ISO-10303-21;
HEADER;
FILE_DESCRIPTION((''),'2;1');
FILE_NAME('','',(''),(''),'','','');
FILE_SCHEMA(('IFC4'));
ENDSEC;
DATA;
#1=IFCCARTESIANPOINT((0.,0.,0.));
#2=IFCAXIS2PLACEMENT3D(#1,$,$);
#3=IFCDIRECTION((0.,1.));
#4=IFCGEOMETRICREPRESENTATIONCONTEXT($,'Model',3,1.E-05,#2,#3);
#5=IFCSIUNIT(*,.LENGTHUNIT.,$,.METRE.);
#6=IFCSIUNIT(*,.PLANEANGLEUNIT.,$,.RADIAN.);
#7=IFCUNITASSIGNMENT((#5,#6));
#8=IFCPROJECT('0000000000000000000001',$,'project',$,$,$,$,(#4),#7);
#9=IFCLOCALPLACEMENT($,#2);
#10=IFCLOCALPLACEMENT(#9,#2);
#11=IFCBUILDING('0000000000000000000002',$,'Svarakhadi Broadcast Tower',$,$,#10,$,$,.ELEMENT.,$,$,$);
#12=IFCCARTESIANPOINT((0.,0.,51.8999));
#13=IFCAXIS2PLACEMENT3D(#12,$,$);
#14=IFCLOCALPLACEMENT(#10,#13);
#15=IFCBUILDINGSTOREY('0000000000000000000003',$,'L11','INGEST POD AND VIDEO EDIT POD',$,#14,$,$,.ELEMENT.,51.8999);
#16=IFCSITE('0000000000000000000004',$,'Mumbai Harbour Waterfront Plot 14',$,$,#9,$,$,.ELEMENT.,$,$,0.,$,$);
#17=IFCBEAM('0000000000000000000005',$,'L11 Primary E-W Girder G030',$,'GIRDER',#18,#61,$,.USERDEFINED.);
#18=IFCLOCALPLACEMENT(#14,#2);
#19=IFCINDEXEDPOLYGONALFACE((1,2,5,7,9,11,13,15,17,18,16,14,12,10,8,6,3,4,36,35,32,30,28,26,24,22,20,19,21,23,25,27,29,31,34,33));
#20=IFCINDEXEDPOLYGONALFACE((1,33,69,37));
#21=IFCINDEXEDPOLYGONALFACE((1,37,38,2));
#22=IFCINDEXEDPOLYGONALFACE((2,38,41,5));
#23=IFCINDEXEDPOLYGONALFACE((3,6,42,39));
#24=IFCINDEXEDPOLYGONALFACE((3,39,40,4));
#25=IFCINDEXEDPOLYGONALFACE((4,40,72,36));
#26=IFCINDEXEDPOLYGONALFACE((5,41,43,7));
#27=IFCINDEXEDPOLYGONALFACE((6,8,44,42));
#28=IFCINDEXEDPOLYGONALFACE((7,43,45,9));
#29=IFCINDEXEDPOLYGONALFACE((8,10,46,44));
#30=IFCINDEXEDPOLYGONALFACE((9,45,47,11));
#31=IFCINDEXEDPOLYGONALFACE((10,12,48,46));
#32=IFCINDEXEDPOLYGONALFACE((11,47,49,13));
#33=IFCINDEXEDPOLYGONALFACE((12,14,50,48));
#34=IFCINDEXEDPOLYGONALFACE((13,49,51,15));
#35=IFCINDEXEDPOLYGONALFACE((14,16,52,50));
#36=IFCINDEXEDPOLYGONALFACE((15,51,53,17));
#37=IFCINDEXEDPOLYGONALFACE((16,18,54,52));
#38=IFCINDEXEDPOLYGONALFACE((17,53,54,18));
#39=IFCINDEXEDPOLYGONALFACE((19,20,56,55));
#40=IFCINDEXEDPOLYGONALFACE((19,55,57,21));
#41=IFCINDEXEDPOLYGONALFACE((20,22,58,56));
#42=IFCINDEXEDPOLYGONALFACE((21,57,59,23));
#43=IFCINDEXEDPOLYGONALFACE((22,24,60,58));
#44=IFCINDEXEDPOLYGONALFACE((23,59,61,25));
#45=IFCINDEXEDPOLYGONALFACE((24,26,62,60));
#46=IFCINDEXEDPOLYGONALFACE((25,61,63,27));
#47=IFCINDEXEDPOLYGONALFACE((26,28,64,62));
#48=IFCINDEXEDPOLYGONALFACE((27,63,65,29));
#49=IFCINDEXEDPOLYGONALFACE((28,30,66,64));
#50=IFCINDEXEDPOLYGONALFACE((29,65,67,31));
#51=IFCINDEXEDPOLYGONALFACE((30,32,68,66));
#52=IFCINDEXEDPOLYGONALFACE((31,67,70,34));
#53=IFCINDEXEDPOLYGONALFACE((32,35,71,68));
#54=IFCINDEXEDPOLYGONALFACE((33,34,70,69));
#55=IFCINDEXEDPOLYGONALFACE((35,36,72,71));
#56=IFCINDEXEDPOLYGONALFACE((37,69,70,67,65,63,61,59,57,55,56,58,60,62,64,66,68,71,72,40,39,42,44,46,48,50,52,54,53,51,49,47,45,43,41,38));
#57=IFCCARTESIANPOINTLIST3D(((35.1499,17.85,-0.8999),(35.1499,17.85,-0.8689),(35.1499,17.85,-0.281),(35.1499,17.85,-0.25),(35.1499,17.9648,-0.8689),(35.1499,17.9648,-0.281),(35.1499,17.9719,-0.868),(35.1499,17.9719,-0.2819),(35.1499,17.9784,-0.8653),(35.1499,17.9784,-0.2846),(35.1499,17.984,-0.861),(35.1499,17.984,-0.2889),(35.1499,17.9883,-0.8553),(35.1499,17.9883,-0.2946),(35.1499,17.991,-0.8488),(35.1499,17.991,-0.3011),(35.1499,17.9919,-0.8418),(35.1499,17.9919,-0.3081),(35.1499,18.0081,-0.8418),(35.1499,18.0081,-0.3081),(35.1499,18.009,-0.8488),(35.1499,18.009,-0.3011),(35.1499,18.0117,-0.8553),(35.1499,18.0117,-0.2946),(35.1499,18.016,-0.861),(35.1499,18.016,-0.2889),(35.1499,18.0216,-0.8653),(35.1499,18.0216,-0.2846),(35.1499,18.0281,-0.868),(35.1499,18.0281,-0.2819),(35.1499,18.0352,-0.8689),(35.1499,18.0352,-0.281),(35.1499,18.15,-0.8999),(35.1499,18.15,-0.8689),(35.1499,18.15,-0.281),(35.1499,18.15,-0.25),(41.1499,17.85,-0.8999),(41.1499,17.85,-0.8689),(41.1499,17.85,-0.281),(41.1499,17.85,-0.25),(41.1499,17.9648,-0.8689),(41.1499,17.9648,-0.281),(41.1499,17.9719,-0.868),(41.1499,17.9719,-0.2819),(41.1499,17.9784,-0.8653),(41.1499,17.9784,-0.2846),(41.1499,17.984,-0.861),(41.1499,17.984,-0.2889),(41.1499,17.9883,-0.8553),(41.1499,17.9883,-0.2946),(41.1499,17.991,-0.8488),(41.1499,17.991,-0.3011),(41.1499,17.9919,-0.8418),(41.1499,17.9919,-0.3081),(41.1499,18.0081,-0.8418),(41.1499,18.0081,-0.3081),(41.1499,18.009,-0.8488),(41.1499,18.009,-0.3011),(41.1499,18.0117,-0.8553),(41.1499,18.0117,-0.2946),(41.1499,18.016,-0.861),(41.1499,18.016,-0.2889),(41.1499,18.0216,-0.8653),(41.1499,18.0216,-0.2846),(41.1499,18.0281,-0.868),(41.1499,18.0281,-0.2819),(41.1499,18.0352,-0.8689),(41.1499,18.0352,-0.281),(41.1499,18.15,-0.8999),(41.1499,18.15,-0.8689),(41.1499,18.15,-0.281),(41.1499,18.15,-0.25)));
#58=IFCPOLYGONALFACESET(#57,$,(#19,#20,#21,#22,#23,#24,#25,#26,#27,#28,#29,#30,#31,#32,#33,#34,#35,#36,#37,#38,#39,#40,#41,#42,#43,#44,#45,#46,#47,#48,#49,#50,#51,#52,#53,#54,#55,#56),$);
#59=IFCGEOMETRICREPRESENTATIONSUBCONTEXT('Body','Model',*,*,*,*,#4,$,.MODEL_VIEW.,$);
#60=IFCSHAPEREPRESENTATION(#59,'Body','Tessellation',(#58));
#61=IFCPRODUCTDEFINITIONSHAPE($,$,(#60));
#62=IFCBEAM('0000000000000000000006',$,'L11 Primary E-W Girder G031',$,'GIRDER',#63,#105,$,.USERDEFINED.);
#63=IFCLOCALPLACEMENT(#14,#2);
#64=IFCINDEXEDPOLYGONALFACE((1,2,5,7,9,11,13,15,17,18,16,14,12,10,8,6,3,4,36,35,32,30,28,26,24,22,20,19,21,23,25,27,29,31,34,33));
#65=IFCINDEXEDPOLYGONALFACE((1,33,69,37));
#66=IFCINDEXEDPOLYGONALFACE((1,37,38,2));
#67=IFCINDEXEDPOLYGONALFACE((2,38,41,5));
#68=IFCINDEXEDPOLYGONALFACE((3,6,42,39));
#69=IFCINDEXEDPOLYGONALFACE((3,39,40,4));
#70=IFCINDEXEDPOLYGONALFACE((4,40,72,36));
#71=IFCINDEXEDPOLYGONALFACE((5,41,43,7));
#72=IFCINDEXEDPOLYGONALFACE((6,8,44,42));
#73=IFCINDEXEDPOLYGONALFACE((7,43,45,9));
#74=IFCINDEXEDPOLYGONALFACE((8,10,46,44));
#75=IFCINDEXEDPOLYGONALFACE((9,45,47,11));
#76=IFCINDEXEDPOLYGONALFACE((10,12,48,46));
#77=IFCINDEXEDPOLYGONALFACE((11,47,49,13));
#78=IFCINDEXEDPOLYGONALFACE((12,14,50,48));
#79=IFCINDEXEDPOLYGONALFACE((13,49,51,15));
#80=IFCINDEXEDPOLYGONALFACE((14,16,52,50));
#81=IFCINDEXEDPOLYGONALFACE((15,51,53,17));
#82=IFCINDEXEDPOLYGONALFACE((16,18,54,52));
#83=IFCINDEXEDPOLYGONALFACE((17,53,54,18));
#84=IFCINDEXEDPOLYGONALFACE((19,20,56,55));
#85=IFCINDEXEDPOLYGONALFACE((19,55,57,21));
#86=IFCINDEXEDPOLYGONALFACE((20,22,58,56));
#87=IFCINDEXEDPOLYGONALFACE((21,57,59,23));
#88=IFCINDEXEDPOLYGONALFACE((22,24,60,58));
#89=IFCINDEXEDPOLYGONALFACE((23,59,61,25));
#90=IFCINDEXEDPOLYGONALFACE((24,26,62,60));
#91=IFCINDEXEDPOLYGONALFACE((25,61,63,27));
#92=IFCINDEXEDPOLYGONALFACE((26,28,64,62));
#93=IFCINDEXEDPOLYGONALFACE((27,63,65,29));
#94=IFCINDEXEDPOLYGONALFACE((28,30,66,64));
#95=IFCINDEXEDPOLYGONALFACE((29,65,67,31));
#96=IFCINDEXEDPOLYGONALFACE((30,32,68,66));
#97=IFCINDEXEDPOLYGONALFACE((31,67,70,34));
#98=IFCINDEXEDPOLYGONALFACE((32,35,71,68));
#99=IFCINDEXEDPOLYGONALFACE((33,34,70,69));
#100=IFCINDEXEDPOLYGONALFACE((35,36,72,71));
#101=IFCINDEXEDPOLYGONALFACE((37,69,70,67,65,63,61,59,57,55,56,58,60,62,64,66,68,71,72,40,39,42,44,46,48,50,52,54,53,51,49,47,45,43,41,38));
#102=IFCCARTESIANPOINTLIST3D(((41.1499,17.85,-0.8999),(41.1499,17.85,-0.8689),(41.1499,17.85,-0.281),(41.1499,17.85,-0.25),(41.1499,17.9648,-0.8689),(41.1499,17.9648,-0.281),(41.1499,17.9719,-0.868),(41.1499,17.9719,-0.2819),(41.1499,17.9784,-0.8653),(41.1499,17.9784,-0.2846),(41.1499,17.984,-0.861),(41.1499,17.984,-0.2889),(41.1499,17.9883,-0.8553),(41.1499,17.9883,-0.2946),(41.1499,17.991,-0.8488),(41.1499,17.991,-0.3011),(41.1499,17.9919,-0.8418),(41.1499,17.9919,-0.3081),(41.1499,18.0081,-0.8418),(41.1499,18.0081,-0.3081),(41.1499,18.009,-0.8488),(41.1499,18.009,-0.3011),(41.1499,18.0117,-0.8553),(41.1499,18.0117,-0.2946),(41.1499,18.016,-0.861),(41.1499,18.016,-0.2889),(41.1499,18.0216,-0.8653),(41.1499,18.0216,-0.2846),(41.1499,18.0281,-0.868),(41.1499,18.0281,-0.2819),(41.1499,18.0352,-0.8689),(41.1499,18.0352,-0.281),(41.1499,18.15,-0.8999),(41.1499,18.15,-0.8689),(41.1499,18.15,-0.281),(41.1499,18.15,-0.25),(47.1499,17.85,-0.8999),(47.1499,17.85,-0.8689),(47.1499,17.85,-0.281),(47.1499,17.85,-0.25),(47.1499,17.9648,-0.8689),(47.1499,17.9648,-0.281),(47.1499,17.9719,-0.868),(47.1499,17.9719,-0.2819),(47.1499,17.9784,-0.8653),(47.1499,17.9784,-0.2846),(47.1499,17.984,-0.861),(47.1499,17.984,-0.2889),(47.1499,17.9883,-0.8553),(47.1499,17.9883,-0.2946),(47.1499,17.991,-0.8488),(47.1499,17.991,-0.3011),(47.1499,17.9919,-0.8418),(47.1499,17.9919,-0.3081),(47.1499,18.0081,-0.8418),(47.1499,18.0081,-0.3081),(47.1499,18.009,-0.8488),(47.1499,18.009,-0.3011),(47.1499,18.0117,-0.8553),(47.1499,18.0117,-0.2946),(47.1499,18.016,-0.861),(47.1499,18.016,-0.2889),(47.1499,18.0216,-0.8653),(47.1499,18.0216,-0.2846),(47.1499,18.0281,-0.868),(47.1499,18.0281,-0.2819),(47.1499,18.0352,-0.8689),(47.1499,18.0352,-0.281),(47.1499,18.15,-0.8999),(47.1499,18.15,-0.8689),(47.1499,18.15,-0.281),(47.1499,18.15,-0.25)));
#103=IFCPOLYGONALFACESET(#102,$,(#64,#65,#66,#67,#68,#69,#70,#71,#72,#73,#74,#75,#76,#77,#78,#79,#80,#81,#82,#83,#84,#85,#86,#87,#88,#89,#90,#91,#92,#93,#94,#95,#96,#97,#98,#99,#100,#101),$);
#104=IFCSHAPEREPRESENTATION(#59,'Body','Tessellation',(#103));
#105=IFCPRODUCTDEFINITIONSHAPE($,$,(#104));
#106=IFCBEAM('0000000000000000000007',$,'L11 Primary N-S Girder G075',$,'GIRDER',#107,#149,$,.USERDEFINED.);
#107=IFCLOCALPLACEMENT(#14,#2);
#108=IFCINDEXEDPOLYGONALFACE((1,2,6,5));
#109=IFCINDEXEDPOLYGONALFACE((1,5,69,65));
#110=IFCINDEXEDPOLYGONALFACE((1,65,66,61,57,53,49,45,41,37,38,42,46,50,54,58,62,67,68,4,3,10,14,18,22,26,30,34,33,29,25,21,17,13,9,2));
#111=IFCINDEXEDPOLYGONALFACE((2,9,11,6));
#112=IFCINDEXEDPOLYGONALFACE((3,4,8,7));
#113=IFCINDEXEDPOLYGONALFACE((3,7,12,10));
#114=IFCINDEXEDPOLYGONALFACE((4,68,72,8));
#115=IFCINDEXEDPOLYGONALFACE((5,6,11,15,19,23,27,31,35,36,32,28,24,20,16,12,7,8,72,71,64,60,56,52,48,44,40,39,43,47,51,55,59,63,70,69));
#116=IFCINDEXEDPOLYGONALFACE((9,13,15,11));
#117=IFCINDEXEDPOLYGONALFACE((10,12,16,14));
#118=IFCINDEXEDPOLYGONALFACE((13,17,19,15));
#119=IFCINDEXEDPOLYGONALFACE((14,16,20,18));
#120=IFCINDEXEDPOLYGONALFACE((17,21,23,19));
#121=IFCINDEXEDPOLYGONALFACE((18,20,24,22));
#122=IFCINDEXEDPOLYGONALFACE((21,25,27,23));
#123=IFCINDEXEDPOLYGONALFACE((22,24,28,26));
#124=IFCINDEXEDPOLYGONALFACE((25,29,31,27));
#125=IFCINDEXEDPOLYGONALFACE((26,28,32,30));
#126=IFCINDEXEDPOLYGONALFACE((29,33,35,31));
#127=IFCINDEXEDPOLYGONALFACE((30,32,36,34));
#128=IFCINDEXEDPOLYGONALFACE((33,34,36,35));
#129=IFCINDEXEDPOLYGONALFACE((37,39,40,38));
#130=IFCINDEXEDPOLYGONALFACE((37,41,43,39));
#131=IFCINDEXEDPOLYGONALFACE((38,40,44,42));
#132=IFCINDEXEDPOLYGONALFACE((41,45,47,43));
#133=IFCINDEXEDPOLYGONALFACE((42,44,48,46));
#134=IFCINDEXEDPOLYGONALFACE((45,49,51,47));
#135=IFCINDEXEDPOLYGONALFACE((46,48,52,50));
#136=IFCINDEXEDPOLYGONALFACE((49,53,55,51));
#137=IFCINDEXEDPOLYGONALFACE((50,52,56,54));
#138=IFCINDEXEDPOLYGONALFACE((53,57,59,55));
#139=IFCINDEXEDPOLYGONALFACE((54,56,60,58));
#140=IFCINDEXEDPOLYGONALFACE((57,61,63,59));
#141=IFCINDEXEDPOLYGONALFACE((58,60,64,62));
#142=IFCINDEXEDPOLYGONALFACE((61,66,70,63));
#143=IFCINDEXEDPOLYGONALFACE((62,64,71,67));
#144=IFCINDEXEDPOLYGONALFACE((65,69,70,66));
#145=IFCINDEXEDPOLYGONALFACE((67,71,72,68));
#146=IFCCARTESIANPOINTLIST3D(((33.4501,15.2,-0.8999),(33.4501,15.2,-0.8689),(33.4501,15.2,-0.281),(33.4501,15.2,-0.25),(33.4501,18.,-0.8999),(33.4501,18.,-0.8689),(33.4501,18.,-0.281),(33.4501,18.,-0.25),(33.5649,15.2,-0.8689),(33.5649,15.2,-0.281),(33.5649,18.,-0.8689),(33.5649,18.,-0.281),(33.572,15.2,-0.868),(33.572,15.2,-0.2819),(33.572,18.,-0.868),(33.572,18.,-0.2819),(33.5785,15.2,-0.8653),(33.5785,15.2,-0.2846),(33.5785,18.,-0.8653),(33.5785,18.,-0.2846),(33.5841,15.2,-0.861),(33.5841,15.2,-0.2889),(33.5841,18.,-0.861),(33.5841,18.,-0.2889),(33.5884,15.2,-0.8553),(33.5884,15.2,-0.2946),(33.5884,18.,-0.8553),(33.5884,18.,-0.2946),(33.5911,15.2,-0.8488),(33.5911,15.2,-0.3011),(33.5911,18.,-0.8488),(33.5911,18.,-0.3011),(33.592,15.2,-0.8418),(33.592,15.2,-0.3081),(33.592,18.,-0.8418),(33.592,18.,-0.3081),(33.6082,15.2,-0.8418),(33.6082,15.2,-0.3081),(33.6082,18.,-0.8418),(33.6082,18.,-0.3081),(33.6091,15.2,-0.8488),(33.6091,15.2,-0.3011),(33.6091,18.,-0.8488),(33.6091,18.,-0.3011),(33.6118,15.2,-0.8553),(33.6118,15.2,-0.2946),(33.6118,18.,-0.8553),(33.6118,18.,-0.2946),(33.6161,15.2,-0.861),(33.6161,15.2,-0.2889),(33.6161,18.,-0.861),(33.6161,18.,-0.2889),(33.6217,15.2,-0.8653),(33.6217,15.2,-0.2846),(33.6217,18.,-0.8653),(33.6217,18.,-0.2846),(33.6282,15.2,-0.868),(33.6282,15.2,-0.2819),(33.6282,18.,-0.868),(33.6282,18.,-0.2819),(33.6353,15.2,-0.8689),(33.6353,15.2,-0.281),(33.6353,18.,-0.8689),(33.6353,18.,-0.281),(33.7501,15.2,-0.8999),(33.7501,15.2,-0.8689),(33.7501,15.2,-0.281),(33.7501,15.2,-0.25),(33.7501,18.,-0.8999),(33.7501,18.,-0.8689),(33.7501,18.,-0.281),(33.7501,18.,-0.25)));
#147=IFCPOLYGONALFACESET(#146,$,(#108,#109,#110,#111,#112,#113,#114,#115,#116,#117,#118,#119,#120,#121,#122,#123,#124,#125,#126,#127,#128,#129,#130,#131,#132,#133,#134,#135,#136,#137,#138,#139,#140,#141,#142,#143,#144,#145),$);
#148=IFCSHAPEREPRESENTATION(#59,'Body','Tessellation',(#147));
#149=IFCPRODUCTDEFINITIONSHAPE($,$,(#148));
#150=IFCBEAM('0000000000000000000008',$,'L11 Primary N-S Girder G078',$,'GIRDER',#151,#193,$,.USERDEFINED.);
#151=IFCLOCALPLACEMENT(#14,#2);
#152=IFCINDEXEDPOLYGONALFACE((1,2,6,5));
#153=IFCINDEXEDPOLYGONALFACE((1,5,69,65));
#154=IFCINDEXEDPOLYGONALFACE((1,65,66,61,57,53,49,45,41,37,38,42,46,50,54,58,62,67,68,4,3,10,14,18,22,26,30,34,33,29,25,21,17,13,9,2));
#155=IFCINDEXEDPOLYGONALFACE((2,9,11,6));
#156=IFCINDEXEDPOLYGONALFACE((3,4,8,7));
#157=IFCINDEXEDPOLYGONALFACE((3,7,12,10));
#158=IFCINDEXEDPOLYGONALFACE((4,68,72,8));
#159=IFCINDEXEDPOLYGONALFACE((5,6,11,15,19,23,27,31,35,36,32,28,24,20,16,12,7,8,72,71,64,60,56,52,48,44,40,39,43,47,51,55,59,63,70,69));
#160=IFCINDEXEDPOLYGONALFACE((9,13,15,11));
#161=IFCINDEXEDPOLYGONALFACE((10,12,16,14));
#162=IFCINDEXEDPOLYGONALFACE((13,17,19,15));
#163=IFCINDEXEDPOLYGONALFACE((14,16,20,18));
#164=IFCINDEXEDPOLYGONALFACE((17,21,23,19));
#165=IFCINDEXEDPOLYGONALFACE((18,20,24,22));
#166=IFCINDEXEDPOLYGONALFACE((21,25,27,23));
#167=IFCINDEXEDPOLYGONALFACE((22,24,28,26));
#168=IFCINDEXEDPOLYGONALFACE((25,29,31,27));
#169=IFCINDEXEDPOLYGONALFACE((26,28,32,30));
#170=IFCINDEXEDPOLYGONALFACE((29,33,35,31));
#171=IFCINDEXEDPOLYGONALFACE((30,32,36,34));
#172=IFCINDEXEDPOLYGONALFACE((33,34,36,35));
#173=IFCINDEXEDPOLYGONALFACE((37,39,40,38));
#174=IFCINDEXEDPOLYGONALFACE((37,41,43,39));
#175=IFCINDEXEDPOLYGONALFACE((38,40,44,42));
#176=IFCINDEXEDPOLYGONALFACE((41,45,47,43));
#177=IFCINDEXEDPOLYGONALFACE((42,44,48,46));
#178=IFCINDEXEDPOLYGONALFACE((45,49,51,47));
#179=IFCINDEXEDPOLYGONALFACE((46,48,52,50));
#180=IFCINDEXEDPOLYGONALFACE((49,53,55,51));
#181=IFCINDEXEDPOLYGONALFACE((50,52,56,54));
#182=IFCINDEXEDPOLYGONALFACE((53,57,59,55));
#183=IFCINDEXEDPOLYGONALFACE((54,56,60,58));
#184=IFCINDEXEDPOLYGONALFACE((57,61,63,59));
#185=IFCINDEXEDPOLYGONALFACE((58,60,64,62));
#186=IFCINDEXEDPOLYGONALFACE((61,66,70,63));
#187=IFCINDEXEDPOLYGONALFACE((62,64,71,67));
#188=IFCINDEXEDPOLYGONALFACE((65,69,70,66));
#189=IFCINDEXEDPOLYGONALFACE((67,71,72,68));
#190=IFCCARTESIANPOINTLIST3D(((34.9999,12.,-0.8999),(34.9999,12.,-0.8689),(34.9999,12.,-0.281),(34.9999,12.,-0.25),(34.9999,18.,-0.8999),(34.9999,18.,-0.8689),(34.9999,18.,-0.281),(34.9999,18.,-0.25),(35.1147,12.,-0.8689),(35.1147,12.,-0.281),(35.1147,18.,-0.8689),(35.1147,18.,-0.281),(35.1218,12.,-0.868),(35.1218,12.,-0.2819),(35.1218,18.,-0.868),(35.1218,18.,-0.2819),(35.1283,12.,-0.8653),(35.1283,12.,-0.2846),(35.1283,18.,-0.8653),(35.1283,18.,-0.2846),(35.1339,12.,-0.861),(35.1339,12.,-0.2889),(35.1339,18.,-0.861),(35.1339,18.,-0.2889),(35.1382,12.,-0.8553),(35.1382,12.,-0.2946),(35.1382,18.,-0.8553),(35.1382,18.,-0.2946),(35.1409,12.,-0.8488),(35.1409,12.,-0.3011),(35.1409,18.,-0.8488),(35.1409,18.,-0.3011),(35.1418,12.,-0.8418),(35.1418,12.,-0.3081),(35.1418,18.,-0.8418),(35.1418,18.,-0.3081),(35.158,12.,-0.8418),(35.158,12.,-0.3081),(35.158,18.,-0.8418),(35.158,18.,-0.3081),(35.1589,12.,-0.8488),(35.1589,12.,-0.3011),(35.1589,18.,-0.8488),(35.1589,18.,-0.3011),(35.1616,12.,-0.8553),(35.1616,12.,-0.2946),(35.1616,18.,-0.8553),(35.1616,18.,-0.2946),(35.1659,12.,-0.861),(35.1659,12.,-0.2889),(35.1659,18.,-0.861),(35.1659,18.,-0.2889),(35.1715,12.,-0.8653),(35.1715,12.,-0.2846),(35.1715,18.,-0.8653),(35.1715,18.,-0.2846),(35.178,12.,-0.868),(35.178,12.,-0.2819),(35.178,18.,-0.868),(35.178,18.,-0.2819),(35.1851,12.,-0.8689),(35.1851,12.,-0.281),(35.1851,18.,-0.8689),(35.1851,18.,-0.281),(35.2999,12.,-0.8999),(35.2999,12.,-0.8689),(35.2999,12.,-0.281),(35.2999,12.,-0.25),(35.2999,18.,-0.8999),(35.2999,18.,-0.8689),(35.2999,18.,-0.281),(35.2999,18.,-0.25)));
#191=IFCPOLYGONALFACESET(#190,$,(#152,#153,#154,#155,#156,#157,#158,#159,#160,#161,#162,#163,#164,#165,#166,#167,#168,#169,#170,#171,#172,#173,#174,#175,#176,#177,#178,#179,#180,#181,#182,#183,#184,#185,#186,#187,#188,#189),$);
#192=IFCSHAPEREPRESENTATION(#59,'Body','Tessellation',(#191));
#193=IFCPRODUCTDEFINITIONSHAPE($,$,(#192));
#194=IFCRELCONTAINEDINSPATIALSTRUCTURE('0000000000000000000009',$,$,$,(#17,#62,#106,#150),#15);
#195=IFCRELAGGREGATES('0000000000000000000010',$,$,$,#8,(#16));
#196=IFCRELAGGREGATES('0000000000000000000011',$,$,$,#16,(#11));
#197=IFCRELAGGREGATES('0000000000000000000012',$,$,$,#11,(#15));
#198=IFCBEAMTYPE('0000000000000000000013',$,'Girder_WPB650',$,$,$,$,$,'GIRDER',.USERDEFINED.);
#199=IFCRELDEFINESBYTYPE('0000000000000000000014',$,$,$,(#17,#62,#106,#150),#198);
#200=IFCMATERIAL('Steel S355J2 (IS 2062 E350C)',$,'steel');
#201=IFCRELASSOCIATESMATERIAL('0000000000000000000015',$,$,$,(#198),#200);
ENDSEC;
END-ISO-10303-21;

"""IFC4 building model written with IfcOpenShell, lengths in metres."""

from ifc_helpers import new_model, si_unit, direction, frame, origin, origin_2d, place, context, subcontext, project, spatial, i_section, extrude, material, material_profile, profile_set, type_object, element, save


model = new_model("IFC4")

# Units and contexts
model_context = context("Model", 3, precision=1e-05, world=origin(), true_north=direction((0.0, 1.0)))
body_context = subcontext(model_context, "Body", "Model", "MODEL_VIEW")
ifc_project = project(units=[si_unit("LENGTHUNIT", "METRE"), si_unit("PLANEANGLEUNIT", "RADIAN")], contexts=[model_context])

# Site, building, storey
site_placement = place(None, origin())
site = spatial("IfcSite", under=ifc_project, at=site_placement, Name="Mumbai Harbour Waterfront Plot 14", CompositionType="ELEMENT", RefElevation=0.0)
building_placement = place(site_placement, origin())
building = spatial("IfcBuilding", under=site, at=building_placement, Name="Svarakhadi Broadcast Tower", CompositionType="ELEMENT")
storey_placement = place(building_placement, frame((0.0, 0.0, 51.8999)))
storey = spatial("IfcBuildingStorey", under=building, at=storey_placement, Name="L11", Description="INGEST POD AND VIDEO EDIT POD", CompositionType="ELEMENT", Elevation=51.8999)

# Shared definitions
ifc_material_1 = material(Name="Steel S355J2 (IS 2062 E350C)", Category="steel")

# Beams
ifc_material_profile_1 = material_profile(ifc_material_1, i_section(OverallWidth=0.3, OverallDepth=0.6499, WebThickness=0.0161, FlangeThickness=0.031, FilletRadius=0.0271, at=origin_2d()), Name="WPB 650x300x225")
ifc_profile_set_1 = profile_set([ifc_material_profile_1], Name="Steel S355J2 (IS 2062 E350C)")
beam_type_1 = type_object("IfcBeamType", Name="Girder_WPB650", ElementType="GIRDER", PredefinedType="USERDEFINED", material=ifc_profile_set_1)
for number, where, z_axis, x_axis, name in (
    (1, (35.1499, 18.0, -0.575), (1.0, 0.0, 0.0), (0.0, 1.0, 0.0), "L11 Primary E-W Girder G030"),
    (2, (41.1499, 18.0, -0.575), (1.0, 0.0, 0.0), (0.0, 1.0, 0.0), "L11 Primary E-W Girder G031"),
):
    element("IfcBeam", number, at=place(storey_placement, frame(where, z_axis=z_axis, x_axis=x_axis)), inside=storey, type_object=beam_type_1, Name=name, ObjectType="GIRDER", PredefinedType="USERDEFINED", context=body_context, shape_type="SweptSolid", body=[
        extrude(i_section(OverallWidth=0.3, OverallDepth=0.6499, WebThickness=0.0161, FlangeThickness=0.031, FilletRadius=0.0271, at=origin_2d()), origin(), (0.0, 0.0, 1.0), 6.0),
    ])
beam_placement = place(storey_placement, frame((33.6001, 15.2, -0.575), z_axis=(0.0, 1.0, 0.0), x_axis=(-1.0, 0.0, 0.0)))
element("IfcBeam", 3, at=beam_placement, inside=storey, type_object=beam_type_1, Name="L11 Primary N-S Girder G075", ObjectType="GIRDER", PredefinedType="USERDEFINED", context=body_context, shape_type="SweptSolid", body=[
    extrude(i_section(OverallWidth=0.3, OverallDepth=0.6499, WebThickness=0.0161, FlangeThickness=0.031, FilletRadius=0.0271, at=origin_2d()), origin(), (0.0, 0.0, 1.0), 2.8),
])
for number, where, z_axis, x_axis, name in (
    (4, (35.1499, 12.0, -0.575), (0.0, 1.0, 0.0), (-1.0, 0.0, 0.0), "L11 Primary N-S Girder G078"),
):
    element("IfcBeam", number, at=place(storey_placement, frame(where, z_axis=z_axis, x_axis=x_axis)), inside=storey, type_object=beam_type_1, Name=name, ObjectType="GIRDER", PredefinedType="USERDEFINED", context=body_context, shape_type="SweptSolid", body=[
        extrude(i_section(OverallWidth=0.3, OverallDepth=0.6499, WebThickness=0.0161, FlangeThickness=0.031, FilletRadius=0.0271, at=origin_2d()), origin(), (0.0, 0.0, 1.0), 6.0),
    ])

save(model, "model.ifc")
